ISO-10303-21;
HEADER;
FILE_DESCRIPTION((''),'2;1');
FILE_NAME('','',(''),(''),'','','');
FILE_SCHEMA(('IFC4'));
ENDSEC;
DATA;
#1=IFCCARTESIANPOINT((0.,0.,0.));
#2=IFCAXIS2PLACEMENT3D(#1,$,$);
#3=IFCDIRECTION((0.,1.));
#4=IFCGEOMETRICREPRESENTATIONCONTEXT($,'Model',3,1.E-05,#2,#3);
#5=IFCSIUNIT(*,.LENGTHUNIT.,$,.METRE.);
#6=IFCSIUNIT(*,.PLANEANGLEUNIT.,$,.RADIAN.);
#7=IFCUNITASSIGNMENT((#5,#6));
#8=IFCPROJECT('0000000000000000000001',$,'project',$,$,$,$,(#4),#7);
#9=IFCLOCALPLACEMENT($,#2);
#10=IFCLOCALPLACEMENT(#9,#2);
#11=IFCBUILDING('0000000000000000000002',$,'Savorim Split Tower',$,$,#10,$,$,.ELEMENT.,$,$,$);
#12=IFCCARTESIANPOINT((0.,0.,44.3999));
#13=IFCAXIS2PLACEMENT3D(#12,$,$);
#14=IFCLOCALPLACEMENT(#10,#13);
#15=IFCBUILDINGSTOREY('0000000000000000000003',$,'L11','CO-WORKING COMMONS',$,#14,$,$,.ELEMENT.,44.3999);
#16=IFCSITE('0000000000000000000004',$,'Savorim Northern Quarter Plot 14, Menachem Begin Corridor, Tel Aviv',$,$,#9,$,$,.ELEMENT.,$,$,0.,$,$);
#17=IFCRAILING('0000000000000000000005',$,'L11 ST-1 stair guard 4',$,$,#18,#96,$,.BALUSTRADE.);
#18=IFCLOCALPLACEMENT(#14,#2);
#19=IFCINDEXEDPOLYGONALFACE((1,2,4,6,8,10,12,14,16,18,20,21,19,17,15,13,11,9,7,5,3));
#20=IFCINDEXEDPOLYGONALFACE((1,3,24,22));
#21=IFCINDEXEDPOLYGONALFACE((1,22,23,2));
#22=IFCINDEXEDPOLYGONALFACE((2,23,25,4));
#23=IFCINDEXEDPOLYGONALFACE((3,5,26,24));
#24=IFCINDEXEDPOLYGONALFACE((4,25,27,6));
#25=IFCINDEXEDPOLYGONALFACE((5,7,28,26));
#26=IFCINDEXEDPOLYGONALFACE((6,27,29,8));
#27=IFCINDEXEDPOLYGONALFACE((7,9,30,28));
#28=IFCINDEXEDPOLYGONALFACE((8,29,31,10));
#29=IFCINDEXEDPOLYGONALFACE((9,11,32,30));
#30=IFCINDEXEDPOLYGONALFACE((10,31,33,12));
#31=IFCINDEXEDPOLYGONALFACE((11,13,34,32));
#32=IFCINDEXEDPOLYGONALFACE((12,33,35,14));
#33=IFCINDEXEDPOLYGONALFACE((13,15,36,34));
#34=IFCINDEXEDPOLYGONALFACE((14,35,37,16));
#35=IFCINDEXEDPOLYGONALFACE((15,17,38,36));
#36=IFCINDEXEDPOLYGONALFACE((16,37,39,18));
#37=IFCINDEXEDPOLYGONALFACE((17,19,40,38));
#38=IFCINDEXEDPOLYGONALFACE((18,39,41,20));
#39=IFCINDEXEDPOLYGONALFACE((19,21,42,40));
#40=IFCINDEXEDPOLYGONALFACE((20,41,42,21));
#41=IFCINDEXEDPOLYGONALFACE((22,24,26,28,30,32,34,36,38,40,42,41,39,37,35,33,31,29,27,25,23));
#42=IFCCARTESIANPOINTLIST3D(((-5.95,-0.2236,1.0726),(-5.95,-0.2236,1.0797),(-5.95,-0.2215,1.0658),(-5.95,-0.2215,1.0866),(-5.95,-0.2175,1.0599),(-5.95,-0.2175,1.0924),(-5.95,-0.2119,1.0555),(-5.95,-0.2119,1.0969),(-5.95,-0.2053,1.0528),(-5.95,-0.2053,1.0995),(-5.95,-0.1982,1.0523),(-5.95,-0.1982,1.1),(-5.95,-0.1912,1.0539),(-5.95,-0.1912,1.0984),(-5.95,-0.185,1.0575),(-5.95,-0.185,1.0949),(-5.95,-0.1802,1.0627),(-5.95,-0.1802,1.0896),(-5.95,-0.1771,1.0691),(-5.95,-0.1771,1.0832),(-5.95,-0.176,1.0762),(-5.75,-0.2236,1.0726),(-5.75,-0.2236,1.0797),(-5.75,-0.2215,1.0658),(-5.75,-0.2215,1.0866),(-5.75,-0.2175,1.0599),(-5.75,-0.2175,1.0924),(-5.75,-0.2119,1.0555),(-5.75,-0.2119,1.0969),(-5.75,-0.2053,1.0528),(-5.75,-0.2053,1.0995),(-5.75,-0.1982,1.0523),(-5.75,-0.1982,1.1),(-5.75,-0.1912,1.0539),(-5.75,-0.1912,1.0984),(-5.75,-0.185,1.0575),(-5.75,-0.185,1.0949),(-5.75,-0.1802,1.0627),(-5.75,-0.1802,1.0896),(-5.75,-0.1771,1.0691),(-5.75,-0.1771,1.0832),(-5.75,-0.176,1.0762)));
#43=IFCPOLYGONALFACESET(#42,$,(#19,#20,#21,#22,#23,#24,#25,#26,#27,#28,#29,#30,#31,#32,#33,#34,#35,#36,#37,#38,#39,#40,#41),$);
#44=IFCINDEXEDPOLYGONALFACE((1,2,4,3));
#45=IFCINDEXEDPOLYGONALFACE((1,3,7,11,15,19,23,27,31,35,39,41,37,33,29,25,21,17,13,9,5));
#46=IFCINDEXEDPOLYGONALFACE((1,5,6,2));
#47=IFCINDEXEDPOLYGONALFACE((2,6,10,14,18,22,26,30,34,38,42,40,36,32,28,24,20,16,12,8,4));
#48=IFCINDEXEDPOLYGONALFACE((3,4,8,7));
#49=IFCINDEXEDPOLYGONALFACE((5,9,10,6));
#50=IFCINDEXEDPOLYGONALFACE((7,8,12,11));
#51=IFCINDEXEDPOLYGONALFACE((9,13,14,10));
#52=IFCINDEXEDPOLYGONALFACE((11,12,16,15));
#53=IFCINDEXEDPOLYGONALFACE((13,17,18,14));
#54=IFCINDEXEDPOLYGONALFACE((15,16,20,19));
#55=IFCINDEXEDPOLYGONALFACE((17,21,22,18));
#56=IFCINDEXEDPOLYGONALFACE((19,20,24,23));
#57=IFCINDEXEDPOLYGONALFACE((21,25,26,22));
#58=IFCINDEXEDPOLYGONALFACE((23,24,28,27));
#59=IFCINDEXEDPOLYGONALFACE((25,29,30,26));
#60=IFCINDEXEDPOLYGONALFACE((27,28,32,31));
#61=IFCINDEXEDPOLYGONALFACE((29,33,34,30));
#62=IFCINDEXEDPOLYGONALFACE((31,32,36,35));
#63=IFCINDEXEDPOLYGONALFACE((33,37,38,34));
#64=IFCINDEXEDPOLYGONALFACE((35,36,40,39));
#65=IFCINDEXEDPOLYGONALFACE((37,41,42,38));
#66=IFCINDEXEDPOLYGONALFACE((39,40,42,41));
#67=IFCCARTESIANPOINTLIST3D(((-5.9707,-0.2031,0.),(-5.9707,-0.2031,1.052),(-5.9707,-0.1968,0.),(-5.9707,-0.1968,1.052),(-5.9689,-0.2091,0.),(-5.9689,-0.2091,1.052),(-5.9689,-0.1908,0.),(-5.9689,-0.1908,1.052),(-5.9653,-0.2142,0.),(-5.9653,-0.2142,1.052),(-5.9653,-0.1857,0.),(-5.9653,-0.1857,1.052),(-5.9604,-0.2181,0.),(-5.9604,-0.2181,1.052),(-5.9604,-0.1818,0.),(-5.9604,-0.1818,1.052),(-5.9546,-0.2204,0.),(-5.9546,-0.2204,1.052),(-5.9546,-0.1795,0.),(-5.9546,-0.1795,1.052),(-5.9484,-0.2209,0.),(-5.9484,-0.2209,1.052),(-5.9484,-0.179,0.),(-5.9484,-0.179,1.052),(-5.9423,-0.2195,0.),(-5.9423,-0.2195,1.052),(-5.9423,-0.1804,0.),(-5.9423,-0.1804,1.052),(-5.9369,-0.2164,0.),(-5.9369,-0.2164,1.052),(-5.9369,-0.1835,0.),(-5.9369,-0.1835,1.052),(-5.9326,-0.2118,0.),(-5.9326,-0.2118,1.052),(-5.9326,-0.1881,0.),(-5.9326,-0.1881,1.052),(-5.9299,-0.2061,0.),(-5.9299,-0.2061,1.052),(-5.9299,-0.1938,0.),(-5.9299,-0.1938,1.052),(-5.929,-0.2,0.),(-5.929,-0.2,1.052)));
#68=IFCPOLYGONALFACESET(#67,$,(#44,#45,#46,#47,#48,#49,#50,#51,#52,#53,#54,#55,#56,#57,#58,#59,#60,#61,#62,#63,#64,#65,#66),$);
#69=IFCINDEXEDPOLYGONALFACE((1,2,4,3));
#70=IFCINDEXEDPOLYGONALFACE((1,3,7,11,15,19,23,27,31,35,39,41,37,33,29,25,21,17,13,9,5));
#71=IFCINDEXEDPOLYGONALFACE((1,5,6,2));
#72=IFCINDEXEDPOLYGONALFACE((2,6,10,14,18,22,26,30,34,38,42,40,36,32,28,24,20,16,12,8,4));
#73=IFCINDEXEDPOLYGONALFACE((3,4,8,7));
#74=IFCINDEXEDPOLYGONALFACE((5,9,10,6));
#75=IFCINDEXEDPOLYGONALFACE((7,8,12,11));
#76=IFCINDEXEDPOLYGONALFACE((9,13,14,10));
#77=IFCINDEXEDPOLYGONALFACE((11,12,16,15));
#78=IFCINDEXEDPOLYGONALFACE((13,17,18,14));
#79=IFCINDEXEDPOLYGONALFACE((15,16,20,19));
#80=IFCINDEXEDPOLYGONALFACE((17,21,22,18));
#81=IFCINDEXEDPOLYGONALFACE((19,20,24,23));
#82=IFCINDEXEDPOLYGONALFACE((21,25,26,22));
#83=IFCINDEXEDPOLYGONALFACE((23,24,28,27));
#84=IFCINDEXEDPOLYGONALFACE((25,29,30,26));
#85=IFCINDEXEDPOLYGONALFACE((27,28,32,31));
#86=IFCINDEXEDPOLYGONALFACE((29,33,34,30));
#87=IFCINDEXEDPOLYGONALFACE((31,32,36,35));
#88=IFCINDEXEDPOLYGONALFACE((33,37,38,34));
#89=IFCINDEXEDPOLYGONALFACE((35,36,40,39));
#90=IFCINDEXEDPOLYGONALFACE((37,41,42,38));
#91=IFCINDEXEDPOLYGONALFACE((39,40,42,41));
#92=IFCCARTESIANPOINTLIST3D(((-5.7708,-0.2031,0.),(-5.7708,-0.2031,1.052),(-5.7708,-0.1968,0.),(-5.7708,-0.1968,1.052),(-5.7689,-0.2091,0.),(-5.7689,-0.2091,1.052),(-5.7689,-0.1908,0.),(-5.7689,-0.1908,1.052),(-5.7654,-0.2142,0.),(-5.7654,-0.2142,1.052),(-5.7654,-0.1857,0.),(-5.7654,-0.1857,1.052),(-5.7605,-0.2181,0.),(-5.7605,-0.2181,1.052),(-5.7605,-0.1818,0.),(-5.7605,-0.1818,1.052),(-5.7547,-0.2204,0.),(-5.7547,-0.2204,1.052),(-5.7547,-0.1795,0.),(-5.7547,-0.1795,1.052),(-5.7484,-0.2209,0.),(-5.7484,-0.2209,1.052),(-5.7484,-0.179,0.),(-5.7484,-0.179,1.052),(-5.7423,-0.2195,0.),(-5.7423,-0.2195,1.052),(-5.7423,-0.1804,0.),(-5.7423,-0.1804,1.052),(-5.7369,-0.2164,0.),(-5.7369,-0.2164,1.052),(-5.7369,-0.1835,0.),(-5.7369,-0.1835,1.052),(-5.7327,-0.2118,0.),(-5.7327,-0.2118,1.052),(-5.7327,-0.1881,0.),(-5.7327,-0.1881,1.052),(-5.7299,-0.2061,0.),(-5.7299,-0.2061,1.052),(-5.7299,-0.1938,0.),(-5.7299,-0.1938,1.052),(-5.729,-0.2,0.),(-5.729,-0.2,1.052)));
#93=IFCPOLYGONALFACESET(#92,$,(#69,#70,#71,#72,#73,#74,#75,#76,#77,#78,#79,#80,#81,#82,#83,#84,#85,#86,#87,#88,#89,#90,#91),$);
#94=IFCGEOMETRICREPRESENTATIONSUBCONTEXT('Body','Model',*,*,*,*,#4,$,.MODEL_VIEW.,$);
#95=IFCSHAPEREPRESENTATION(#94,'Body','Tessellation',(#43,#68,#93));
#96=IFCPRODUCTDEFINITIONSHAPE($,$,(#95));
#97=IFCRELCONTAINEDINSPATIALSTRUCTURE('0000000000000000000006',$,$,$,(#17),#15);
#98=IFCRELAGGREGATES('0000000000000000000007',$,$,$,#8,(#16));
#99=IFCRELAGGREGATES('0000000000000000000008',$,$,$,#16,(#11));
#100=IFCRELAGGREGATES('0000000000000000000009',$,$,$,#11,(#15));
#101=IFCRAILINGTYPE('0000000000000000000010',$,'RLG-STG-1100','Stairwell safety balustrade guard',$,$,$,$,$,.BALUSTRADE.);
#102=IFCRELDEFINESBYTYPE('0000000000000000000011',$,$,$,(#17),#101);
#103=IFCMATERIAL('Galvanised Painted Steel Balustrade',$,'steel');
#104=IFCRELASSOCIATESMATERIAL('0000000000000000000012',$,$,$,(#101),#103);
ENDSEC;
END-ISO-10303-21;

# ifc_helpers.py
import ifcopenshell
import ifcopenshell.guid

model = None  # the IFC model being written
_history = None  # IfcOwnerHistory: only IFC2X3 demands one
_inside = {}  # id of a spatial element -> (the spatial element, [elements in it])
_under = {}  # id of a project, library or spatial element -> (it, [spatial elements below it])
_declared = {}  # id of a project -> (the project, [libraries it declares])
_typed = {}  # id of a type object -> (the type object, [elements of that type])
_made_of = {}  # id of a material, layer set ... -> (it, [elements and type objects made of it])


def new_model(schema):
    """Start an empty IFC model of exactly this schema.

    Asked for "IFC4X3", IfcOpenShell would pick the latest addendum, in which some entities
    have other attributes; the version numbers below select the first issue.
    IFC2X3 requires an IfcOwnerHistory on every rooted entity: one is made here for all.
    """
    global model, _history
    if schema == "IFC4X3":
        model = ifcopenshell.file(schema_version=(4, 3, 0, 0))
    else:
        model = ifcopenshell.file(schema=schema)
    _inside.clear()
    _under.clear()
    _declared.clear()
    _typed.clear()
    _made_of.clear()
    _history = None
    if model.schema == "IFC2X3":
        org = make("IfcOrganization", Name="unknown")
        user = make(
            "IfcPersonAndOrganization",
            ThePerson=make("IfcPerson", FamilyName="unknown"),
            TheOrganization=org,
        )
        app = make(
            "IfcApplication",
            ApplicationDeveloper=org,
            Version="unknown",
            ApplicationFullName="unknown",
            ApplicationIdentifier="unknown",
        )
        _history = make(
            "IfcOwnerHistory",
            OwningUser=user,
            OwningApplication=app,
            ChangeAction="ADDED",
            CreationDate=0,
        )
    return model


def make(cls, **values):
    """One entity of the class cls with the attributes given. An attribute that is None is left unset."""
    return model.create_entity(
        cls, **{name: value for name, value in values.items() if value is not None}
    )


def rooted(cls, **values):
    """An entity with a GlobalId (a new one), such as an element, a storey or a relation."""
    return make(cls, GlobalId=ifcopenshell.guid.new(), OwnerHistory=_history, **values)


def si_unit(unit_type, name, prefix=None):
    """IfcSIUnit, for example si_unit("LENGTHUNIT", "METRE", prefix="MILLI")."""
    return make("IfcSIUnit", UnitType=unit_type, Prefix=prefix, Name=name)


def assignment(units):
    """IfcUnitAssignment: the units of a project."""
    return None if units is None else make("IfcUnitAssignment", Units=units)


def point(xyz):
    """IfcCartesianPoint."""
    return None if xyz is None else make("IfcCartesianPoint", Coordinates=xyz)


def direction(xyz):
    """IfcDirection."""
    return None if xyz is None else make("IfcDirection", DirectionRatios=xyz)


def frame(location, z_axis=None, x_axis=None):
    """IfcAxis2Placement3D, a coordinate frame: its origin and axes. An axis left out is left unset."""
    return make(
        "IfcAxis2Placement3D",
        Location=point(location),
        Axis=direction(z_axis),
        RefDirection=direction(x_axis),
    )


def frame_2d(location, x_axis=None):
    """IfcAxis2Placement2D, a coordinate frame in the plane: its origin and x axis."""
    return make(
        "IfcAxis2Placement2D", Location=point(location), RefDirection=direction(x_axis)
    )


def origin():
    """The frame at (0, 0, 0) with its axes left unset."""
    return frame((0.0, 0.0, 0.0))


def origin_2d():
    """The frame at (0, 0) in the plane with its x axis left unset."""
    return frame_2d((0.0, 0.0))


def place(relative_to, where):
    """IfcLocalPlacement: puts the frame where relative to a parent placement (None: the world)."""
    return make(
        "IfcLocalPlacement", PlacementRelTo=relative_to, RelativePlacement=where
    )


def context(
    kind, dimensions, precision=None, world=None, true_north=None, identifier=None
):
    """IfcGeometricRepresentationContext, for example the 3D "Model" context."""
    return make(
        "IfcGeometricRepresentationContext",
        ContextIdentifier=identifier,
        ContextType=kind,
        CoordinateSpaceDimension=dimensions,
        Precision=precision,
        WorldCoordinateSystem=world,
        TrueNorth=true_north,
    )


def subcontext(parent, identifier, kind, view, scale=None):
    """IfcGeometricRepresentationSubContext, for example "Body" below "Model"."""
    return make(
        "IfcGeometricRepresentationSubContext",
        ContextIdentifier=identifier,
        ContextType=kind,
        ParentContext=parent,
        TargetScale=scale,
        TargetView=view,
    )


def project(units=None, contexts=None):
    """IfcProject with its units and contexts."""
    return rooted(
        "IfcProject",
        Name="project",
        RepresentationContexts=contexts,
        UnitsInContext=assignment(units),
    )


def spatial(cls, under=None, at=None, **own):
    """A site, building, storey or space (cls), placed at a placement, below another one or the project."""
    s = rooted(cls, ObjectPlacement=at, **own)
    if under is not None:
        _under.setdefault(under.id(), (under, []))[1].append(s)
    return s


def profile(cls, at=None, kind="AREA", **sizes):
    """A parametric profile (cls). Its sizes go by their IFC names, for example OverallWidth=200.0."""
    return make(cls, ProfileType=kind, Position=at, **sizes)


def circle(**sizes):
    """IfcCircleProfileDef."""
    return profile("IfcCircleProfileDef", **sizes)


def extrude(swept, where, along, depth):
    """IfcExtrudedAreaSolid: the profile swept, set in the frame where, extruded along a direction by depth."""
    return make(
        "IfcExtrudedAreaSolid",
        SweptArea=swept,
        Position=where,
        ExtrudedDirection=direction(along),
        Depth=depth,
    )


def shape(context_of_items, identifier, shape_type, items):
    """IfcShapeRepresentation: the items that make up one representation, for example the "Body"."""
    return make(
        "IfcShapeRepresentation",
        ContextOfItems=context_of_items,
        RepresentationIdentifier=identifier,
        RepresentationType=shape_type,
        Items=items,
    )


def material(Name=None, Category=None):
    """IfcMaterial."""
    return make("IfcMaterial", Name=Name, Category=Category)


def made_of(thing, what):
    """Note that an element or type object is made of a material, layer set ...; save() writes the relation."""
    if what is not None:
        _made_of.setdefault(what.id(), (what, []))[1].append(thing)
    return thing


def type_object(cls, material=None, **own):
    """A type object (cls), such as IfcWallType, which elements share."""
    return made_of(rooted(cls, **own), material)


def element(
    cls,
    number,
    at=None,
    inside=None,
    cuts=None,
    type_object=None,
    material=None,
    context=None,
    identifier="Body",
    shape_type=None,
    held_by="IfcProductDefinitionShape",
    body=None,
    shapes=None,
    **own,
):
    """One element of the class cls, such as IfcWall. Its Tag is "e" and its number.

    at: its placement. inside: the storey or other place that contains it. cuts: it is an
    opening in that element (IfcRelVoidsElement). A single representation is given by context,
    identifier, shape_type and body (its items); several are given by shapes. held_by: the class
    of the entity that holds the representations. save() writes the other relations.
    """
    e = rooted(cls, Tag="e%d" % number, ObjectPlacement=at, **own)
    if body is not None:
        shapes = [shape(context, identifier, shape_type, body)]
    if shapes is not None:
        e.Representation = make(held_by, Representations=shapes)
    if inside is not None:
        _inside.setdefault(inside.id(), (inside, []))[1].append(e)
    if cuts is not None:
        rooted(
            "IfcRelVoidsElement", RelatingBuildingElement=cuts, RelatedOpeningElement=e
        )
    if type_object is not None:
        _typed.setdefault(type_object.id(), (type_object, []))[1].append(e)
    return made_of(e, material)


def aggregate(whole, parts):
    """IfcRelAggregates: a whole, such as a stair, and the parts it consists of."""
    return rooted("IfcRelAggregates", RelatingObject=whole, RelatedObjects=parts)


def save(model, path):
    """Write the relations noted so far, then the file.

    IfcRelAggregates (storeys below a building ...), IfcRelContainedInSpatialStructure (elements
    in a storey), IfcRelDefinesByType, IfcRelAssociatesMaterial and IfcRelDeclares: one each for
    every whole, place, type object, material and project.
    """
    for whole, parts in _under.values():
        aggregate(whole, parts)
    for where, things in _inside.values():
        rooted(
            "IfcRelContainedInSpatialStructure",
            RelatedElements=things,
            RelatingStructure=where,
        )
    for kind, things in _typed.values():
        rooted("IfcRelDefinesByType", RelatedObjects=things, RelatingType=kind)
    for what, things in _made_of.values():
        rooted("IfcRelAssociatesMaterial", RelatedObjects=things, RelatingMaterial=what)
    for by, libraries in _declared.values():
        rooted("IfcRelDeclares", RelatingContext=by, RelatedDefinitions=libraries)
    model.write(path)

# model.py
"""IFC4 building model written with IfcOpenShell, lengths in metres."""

from ifc_helpers import new_model, si_unit, direction, frame, origin, origin_2d, place, context, subcontext, project, spatial, circle, extrude, material, type_object, element, save


model = new_model("IFC4")

# Units and contexts
model_context = context("Model", 3, precision=1e-05, world=origin(), true_north=direction((0.0, 1.0)))
body_context = subcontext(model_context, "Body", "Model", "MODEL_VIEW")
ifc_project = project(units=[si_unit("LENGTHUNIT", "METRE"), si_unit("PLANEANGLEUNIT", "RADIAN")], contexts=[model_context])

# Site, building, storey
site_placement = place(None, origin())
site = spatial("IfcSite", under=ifc_project, at=site_placement, Name="Savorim Northern Quarter Plot 14, Menachem Begin Corridor, Tel Aviv", CompositionType="ELEMENT", RefElevation=0.0)
building_placement = place(site_placement, origin())
building = spatial("IfcBuilding", under=site, at=building_placement, Name="Savorim Split Tower", CompositionType="ELEMENT")
storey_placement = place(building_placement, frame((0.0, 0.0, 44.3999)))
storey = spatial("IfcBuildingStorey", under=building, at=storey_placement, Name="L11", Description="CO-WORKING COMMONS", CompositionType="ELEMENT", Elevation=44.3999)

# Railing
ifc_material_1 = material(Name="Galvanised Painted Steel Balustrade", Category="steel")
railing_type_1 = type_object("IfcRailingType", Name="RLG-STG-1100", Description="Stairwell safety balustrade guard", PredefinedType="BALUSTRADE", material=ifc_material_1)
railing_1_placement = place(storey_placement, frame((-5.95, -0.2, 0.0)))
element("IfcRailing", 1, at=railing_1_placement, inside=storey, type_object=railing_type_1, Name="L11 ST-1 stair guard 4", PredefinedType="BALUSTRADE", context=body_context, shape_type="SweptSolid", body=[
    extrude(circle(Radius=0.0239, at=origin_2d()), frame((0.0, 0.0, 1.0762), z_axis=(1.0, 0.0, 0.0), x_axis=(0.0, 1.0, 0.0)), (0.0, 0.0, 1.0), 0.2),
    extrude(circle(Radius=0.021, at=origin_2d()), origin(), (0.0, 0.0, 1.0), 1.052),
    extrude(circle(Radius=0.021, at=origin_2d()), frame((0.2, 0.0, 0.0)), (0.0, 0.0, 1.0), 1.052),
])

save(model, "model.ifc")
